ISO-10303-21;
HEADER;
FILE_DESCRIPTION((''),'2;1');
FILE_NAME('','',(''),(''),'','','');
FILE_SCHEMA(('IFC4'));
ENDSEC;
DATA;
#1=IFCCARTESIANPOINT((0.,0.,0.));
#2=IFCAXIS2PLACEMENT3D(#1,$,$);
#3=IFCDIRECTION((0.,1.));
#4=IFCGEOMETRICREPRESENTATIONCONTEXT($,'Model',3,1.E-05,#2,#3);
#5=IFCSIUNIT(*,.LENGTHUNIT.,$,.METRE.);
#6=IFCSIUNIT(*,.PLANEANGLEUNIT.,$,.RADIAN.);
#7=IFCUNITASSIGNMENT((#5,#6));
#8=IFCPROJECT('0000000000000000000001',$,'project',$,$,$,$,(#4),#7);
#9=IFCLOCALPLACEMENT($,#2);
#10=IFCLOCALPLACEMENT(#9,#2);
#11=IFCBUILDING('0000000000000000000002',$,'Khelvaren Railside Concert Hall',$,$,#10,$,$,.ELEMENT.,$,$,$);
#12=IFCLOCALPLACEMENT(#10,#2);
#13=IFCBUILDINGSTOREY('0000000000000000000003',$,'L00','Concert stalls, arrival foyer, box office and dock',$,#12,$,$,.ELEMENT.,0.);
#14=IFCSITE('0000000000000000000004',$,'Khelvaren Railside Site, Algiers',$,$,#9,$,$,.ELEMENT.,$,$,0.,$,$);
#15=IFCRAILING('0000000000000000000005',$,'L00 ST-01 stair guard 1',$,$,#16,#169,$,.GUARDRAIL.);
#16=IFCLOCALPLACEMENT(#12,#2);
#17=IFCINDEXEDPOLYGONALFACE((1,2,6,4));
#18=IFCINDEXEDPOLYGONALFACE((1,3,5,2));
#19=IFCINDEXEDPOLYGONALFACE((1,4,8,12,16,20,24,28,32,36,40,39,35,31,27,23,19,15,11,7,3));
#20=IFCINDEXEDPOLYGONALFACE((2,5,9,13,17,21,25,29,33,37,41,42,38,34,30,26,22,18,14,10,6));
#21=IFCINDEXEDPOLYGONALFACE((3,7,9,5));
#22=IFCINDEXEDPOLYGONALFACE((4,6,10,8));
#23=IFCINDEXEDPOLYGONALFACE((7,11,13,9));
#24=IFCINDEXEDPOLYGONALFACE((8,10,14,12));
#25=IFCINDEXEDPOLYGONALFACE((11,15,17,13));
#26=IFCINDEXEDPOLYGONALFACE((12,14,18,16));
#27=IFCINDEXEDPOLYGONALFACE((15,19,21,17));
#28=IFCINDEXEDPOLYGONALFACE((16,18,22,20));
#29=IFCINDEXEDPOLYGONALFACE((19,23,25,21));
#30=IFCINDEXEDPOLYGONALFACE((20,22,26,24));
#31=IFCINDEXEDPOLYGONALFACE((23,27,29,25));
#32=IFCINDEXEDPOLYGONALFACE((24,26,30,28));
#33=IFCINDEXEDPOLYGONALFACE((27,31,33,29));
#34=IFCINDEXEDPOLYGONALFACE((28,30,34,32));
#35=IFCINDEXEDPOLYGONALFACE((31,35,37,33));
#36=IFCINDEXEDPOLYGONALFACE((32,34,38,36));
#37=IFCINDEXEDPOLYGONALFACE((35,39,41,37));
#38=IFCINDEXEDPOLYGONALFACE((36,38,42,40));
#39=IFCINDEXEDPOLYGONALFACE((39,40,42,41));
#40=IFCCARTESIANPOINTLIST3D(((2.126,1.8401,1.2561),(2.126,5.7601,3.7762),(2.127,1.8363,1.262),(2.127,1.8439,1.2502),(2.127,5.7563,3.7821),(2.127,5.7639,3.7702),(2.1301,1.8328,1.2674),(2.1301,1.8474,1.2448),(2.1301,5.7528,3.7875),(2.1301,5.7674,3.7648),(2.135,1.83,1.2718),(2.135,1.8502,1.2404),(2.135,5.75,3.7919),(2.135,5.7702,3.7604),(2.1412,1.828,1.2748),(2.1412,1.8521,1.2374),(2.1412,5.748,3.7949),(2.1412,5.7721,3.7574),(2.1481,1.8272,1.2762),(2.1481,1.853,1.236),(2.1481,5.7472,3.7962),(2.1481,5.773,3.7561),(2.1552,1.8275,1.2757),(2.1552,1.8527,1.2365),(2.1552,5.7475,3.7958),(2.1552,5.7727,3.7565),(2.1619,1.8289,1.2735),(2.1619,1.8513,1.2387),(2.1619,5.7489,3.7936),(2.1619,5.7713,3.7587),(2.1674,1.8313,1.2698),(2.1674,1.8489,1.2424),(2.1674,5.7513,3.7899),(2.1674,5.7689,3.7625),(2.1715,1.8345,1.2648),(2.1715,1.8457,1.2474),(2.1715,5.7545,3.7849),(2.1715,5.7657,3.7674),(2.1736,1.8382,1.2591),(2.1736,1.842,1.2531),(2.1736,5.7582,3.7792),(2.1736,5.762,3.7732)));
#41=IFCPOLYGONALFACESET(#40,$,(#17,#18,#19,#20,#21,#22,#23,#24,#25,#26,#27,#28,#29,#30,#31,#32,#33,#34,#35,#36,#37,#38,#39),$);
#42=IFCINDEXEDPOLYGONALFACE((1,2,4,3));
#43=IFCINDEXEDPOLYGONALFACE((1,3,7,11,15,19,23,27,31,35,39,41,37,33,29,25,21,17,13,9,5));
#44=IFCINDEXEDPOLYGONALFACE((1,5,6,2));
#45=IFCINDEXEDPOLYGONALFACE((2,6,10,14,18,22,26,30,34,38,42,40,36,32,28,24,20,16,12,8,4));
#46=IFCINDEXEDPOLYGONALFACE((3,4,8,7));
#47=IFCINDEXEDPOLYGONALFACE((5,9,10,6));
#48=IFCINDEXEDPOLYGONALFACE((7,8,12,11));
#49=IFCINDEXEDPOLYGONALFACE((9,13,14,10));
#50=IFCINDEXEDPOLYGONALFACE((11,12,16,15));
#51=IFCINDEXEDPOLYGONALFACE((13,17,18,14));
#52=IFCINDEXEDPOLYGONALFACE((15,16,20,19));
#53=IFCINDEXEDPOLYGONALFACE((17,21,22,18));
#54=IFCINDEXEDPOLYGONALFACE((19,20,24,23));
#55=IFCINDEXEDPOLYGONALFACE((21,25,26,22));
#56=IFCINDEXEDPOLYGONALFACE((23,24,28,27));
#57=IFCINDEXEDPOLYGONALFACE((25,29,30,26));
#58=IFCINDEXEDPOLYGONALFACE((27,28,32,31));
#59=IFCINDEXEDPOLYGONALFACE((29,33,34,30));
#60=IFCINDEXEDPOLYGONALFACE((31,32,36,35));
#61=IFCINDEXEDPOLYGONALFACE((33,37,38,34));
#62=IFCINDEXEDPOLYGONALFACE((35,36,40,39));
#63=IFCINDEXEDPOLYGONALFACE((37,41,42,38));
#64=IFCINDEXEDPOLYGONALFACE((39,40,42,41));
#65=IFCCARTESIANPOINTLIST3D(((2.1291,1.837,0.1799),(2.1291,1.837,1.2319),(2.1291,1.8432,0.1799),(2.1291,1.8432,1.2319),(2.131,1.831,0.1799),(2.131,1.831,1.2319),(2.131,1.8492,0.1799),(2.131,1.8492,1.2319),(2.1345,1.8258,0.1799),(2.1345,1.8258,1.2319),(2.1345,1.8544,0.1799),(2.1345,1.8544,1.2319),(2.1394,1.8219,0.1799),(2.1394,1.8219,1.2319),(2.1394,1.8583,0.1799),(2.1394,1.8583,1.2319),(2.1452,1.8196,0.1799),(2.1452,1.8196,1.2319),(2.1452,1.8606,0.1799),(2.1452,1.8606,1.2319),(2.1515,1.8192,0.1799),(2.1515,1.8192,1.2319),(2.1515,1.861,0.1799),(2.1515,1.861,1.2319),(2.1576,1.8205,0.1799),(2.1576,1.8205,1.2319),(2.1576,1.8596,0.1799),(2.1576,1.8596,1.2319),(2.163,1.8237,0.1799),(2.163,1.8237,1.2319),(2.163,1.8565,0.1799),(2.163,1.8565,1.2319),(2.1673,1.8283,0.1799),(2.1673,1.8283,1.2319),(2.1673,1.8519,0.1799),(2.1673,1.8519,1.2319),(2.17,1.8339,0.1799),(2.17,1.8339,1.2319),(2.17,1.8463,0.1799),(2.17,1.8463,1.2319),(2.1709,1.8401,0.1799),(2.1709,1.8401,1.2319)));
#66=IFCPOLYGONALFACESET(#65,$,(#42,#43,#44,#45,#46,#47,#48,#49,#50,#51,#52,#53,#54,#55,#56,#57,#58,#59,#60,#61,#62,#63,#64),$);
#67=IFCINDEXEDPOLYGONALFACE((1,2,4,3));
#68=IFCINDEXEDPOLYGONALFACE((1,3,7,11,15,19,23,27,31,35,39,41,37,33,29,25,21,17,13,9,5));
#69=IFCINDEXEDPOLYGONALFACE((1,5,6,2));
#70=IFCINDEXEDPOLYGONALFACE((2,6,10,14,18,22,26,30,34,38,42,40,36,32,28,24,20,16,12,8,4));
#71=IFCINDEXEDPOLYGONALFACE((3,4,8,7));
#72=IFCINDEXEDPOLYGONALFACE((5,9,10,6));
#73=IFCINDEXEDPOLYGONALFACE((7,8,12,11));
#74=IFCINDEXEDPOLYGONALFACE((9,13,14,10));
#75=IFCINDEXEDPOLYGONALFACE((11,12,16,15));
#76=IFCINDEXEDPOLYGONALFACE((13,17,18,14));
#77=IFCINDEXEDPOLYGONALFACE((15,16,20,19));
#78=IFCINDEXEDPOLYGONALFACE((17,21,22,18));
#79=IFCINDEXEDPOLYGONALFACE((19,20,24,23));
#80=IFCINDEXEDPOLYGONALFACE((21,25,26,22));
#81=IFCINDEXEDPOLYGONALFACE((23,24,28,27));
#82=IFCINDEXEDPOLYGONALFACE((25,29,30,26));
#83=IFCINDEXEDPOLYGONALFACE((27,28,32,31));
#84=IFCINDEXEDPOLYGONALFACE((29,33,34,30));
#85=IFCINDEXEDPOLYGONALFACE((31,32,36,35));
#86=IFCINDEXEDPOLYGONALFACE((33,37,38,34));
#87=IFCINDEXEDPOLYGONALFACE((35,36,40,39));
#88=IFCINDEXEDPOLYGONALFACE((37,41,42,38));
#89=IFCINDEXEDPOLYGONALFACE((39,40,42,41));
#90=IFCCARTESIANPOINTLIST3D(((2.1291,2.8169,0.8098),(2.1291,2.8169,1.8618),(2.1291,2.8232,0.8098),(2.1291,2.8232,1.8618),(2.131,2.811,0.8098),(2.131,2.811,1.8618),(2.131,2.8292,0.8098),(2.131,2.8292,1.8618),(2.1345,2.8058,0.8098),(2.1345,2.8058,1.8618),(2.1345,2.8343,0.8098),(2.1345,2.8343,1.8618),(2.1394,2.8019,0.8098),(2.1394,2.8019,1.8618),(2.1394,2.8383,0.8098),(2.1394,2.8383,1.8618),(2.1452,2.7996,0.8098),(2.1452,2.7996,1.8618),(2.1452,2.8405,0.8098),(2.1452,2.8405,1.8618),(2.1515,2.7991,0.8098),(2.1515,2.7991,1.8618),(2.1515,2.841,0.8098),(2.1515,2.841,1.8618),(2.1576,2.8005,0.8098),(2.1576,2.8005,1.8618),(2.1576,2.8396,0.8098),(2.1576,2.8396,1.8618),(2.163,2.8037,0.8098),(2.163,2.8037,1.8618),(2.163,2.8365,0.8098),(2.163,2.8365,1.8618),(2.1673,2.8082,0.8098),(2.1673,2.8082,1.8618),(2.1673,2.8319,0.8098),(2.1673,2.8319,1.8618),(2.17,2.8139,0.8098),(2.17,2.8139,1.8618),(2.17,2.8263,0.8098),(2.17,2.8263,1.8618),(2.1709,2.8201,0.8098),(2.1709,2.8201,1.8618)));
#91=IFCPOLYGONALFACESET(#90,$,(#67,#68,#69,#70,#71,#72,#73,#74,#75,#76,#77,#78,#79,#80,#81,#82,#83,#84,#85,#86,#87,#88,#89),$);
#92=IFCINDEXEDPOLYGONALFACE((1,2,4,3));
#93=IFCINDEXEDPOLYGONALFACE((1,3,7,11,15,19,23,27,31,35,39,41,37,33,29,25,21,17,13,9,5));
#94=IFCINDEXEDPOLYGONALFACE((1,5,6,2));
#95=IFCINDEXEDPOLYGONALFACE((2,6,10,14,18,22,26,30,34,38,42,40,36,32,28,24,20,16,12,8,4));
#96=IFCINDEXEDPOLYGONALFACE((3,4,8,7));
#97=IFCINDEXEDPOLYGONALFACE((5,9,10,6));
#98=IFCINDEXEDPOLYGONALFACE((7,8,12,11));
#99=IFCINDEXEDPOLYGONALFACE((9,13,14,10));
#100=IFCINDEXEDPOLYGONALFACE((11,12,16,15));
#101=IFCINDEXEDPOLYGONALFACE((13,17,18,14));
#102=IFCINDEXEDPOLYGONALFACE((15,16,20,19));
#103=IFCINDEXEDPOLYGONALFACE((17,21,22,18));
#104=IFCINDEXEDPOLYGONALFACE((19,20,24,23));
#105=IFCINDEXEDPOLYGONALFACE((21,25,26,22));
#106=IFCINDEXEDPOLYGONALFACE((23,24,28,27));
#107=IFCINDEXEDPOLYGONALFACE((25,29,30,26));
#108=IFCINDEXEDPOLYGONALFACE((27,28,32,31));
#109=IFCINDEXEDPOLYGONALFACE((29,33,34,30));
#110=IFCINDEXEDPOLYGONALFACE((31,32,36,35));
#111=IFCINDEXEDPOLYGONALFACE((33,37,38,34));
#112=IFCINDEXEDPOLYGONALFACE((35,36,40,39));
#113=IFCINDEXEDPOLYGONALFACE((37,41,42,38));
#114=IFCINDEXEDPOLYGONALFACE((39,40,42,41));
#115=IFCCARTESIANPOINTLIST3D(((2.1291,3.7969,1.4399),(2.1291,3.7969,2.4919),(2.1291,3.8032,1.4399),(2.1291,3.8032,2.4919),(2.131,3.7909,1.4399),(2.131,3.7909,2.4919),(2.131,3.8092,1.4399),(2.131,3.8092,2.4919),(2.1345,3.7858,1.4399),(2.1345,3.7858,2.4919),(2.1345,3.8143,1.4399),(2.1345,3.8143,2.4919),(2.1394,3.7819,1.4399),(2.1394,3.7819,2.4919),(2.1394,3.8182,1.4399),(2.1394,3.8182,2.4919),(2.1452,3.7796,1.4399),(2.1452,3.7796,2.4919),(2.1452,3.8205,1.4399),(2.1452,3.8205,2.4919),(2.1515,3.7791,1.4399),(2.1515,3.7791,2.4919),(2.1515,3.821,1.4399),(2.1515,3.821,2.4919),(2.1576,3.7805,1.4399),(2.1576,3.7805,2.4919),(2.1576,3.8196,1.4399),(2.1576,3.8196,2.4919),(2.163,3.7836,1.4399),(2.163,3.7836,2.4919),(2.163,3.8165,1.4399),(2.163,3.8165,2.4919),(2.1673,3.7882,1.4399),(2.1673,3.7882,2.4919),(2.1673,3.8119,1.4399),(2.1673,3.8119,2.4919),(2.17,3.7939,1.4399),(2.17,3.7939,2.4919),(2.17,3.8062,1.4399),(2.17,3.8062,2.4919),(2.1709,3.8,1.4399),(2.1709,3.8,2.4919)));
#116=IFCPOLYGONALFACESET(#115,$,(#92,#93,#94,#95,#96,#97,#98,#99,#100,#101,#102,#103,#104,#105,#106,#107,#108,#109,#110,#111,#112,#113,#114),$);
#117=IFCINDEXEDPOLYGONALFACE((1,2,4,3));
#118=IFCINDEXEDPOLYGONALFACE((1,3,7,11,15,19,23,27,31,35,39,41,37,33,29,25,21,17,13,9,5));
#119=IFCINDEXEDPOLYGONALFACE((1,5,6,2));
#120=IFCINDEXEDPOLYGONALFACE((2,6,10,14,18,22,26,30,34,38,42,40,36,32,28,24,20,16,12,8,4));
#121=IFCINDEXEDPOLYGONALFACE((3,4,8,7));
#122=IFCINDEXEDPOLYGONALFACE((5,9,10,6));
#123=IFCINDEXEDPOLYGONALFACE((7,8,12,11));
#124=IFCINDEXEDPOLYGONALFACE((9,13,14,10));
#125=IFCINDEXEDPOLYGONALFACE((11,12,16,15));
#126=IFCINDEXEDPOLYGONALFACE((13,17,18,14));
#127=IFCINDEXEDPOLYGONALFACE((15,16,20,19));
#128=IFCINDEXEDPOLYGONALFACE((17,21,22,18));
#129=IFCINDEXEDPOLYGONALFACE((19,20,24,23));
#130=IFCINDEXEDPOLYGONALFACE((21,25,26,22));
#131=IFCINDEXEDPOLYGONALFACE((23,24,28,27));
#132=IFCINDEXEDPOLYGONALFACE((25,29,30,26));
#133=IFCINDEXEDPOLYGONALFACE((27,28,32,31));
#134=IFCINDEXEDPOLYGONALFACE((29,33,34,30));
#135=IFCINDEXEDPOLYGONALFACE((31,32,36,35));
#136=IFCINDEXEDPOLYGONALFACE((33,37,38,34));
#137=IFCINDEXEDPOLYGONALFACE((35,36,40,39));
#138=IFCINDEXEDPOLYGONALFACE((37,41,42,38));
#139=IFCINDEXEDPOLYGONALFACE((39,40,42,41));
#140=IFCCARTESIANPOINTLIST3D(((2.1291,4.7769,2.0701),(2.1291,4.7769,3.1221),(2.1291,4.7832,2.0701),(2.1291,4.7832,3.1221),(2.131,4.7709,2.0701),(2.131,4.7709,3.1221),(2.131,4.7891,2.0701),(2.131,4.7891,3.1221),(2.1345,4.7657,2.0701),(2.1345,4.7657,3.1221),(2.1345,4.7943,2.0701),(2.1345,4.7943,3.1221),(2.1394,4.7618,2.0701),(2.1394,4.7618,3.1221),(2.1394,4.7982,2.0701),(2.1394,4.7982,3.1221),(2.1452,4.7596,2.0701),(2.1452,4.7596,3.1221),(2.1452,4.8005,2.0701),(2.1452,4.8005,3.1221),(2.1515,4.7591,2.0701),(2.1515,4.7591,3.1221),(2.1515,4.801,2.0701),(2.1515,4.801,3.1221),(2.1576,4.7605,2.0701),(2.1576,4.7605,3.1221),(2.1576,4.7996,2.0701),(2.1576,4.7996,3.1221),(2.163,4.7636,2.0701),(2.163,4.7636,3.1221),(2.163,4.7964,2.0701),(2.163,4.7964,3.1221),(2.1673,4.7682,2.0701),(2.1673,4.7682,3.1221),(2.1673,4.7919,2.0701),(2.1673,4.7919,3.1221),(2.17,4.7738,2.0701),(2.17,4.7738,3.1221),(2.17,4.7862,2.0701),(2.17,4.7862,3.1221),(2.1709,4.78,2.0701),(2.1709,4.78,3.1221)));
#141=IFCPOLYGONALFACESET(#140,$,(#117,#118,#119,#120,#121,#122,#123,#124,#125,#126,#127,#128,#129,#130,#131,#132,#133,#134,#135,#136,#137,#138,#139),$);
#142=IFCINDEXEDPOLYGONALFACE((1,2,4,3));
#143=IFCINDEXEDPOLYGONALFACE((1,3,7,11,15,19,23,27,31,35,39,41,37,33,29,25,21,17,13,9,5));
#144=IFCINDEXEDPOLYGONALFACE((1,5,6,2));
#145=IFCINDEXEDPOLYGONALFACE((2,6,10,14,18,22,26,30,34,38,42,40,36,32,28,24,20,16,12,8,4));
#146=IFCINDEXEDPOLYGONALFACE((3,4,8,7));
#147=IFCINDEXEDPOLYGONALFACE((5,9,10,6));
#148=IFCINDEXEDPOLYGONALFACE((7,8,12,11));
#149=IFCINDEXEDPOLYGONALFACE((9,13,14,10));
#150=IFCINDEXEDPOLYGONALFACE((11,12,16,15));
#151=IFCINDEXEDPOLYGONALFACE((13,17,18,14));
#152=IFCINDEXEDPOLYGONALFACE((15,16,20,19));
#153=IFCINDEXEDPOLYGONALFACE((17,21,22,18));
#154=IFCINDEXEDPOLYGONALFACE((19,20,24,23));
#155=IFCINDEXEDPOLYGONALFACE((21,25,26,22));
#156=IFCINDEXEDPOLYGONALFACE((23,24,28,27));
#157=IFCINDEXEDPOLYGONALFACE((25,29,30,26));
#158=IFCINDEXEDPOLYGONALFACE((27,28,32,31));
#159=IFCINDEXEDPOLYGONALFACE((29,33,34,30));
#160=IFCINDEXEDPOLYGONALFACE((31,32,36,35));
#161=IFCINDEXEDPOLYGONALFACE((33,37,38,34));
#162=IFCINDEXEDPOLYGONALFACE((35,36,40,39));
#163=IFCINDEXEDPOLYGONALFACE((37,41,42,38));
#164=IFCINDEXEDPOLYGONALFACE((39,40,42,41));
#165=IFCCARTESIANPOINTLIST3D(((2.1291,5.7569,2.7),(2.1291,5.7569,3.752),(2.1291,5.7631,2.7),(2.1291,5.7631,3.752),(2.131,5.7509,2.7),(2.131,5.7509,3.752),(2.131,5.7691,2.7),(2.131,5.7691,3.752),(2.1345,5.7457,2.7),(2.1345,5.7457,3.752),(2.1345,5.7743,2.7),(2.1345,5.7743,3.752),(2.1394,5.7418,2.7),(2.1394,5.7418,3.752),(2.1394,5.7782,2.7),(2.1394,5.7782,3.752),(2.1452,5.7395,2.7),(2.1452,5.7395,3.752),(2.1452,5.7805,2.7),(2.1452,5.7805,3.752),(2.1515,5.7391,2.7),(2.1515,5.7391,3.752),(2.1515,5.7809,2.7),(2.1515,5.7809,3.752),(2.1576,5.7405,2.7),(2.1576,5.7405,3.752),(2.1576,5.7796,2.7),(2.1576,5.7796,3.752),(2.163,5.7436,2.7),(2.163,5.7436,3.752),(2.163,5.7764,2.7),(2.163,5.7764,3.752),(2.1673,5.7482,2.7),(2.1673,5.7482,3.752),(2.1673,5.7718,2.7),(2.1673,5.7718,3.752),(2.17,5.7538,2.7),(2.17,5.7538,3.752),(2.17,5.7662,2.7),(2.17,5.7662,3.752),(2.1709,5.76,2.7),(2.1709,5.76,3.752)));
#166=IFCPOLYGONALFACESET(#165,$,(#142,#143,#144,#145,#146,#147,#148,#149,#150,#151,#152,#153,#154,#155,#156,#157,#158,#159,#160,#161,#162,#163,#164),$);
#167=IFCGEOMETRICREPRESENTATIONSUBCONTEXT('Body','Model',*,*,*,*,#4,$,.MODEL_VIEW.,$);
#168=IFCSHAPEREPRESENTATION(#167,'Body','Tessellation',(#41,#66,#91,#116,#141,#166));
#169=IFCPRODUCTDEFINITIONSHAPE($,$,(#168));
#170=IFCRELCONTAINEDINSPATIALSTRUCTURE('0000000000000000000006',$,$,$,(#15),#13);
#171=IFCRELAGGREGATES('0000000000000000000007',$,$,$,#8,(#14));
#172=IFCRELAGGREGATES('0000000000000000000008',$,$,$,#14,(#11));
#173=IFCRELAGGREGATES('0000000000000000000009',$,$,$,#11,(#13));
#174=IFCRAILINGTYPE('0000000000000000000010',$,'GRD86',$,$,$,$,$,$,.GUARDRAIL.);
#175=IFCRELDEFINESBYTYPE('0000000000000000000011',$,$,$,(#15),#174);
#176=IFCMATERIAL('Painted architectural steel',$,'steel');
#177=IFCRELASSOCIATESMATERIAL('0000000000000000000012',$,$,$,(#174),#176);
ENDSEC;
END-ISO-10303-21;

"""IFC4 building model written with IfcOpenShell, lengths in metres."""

from ifc_helpers import new_model, si_unit, direction, frame, origin, origin_2d, place, context, subcontext, project, spatial, circle, extrude, material, type_object, element, save


model = new_model("IFC4")

# Units and contexts
model_context = context("Model", 3, precision=1e-05, world=origin(), true_north=direction((0.0, 1.0)))
body_context = subcontext(model_context, "Body", "Model", "MODEL_VIEW")
ifc_project = project(units=[si_unit("LENGTHUNIT", "METRE"), si_unit("PLANEANGLEUNIT", "RADIAN")], contexts=[model_context])

# Site, building, storey
site_placement = place(None, origin())
site = spatial("IfcSite", under=ifc_project, at=site_placement, Name="Khelvaren Railside Site, Algiers", CompositionType="ELEMENT", RefElevation=0.0)
building_placement = place(site_placement, origin())
building = spatial("IfcBuilding", under=site, at=building_placement, Name="Khelvaren Railside Concert Hall", CompositionType="ELEMENT")
storey_placement = place(building_placement, origin())
storey = spatial("IfcBuildingStorey", under=building, at=storey_placement, Name="L00", Description="Concert stalls, arrival foyer, box office and dock", CompositionType="ELEMENT", Elevation=0.0)

# Railing
ifc_material_1 = material(Name="Painted architectural steel", Category="steel")
railing_type_1 = type_object("IfcRailingType", Name="GRD86", PredefinedType="GUARDRAIL", material=ifc_material_1)
railing_1_placement = place(storey_placement, frame((2.1499, 1.8401, 0.1799)))
element("IfcRailing", 1, at=railing_1_placement, inside=storey, type_object=railing_type_1, Name="L00 ST-01 stair guard 1", PredefinedType="GUARDRAIL", context=body_context, shape_type="SweptSolid", body=[
    extrude(circle(Radius=0.0239, at=origin_2d()), frame((0.0, 0.0, 1.0762), z_axis=(0.0, 0.841172, 0.540768), x_axis=(-1.0, 0.0, 0.0)), (0.0, 0.0, 1.0), 4.6602),
    extrude(circle(Radius=0.021, at=origin_2d()), origin(), (0.0, 0.0, 1.0), 1.052),
    extrude(circle(Radius=0.021, at=origin_2d()), frame((0.0, 0.98, 0.6299)), (0.0, 0.0, 1.0), 1.052),
    extrude(circle(Radius=0.021, at=origin_2d()), frame((0.0, 1.96, 1.26)), (0.0, 0.0, 1.0), 1.052),
    extrude(circle(Radius=0.021, at=origin_2d()), frame((0.0, 2.9399, 1.8901)), (0.0, 0.0, 1.0), 1.052),
    extrude(circle(Radius=0.021, at=origin_2d()), frame((0.0, 3.9199, 2.52)), (0.0, 0.0, 1.0), 1.052),
])

save(model, "model.ifc")
